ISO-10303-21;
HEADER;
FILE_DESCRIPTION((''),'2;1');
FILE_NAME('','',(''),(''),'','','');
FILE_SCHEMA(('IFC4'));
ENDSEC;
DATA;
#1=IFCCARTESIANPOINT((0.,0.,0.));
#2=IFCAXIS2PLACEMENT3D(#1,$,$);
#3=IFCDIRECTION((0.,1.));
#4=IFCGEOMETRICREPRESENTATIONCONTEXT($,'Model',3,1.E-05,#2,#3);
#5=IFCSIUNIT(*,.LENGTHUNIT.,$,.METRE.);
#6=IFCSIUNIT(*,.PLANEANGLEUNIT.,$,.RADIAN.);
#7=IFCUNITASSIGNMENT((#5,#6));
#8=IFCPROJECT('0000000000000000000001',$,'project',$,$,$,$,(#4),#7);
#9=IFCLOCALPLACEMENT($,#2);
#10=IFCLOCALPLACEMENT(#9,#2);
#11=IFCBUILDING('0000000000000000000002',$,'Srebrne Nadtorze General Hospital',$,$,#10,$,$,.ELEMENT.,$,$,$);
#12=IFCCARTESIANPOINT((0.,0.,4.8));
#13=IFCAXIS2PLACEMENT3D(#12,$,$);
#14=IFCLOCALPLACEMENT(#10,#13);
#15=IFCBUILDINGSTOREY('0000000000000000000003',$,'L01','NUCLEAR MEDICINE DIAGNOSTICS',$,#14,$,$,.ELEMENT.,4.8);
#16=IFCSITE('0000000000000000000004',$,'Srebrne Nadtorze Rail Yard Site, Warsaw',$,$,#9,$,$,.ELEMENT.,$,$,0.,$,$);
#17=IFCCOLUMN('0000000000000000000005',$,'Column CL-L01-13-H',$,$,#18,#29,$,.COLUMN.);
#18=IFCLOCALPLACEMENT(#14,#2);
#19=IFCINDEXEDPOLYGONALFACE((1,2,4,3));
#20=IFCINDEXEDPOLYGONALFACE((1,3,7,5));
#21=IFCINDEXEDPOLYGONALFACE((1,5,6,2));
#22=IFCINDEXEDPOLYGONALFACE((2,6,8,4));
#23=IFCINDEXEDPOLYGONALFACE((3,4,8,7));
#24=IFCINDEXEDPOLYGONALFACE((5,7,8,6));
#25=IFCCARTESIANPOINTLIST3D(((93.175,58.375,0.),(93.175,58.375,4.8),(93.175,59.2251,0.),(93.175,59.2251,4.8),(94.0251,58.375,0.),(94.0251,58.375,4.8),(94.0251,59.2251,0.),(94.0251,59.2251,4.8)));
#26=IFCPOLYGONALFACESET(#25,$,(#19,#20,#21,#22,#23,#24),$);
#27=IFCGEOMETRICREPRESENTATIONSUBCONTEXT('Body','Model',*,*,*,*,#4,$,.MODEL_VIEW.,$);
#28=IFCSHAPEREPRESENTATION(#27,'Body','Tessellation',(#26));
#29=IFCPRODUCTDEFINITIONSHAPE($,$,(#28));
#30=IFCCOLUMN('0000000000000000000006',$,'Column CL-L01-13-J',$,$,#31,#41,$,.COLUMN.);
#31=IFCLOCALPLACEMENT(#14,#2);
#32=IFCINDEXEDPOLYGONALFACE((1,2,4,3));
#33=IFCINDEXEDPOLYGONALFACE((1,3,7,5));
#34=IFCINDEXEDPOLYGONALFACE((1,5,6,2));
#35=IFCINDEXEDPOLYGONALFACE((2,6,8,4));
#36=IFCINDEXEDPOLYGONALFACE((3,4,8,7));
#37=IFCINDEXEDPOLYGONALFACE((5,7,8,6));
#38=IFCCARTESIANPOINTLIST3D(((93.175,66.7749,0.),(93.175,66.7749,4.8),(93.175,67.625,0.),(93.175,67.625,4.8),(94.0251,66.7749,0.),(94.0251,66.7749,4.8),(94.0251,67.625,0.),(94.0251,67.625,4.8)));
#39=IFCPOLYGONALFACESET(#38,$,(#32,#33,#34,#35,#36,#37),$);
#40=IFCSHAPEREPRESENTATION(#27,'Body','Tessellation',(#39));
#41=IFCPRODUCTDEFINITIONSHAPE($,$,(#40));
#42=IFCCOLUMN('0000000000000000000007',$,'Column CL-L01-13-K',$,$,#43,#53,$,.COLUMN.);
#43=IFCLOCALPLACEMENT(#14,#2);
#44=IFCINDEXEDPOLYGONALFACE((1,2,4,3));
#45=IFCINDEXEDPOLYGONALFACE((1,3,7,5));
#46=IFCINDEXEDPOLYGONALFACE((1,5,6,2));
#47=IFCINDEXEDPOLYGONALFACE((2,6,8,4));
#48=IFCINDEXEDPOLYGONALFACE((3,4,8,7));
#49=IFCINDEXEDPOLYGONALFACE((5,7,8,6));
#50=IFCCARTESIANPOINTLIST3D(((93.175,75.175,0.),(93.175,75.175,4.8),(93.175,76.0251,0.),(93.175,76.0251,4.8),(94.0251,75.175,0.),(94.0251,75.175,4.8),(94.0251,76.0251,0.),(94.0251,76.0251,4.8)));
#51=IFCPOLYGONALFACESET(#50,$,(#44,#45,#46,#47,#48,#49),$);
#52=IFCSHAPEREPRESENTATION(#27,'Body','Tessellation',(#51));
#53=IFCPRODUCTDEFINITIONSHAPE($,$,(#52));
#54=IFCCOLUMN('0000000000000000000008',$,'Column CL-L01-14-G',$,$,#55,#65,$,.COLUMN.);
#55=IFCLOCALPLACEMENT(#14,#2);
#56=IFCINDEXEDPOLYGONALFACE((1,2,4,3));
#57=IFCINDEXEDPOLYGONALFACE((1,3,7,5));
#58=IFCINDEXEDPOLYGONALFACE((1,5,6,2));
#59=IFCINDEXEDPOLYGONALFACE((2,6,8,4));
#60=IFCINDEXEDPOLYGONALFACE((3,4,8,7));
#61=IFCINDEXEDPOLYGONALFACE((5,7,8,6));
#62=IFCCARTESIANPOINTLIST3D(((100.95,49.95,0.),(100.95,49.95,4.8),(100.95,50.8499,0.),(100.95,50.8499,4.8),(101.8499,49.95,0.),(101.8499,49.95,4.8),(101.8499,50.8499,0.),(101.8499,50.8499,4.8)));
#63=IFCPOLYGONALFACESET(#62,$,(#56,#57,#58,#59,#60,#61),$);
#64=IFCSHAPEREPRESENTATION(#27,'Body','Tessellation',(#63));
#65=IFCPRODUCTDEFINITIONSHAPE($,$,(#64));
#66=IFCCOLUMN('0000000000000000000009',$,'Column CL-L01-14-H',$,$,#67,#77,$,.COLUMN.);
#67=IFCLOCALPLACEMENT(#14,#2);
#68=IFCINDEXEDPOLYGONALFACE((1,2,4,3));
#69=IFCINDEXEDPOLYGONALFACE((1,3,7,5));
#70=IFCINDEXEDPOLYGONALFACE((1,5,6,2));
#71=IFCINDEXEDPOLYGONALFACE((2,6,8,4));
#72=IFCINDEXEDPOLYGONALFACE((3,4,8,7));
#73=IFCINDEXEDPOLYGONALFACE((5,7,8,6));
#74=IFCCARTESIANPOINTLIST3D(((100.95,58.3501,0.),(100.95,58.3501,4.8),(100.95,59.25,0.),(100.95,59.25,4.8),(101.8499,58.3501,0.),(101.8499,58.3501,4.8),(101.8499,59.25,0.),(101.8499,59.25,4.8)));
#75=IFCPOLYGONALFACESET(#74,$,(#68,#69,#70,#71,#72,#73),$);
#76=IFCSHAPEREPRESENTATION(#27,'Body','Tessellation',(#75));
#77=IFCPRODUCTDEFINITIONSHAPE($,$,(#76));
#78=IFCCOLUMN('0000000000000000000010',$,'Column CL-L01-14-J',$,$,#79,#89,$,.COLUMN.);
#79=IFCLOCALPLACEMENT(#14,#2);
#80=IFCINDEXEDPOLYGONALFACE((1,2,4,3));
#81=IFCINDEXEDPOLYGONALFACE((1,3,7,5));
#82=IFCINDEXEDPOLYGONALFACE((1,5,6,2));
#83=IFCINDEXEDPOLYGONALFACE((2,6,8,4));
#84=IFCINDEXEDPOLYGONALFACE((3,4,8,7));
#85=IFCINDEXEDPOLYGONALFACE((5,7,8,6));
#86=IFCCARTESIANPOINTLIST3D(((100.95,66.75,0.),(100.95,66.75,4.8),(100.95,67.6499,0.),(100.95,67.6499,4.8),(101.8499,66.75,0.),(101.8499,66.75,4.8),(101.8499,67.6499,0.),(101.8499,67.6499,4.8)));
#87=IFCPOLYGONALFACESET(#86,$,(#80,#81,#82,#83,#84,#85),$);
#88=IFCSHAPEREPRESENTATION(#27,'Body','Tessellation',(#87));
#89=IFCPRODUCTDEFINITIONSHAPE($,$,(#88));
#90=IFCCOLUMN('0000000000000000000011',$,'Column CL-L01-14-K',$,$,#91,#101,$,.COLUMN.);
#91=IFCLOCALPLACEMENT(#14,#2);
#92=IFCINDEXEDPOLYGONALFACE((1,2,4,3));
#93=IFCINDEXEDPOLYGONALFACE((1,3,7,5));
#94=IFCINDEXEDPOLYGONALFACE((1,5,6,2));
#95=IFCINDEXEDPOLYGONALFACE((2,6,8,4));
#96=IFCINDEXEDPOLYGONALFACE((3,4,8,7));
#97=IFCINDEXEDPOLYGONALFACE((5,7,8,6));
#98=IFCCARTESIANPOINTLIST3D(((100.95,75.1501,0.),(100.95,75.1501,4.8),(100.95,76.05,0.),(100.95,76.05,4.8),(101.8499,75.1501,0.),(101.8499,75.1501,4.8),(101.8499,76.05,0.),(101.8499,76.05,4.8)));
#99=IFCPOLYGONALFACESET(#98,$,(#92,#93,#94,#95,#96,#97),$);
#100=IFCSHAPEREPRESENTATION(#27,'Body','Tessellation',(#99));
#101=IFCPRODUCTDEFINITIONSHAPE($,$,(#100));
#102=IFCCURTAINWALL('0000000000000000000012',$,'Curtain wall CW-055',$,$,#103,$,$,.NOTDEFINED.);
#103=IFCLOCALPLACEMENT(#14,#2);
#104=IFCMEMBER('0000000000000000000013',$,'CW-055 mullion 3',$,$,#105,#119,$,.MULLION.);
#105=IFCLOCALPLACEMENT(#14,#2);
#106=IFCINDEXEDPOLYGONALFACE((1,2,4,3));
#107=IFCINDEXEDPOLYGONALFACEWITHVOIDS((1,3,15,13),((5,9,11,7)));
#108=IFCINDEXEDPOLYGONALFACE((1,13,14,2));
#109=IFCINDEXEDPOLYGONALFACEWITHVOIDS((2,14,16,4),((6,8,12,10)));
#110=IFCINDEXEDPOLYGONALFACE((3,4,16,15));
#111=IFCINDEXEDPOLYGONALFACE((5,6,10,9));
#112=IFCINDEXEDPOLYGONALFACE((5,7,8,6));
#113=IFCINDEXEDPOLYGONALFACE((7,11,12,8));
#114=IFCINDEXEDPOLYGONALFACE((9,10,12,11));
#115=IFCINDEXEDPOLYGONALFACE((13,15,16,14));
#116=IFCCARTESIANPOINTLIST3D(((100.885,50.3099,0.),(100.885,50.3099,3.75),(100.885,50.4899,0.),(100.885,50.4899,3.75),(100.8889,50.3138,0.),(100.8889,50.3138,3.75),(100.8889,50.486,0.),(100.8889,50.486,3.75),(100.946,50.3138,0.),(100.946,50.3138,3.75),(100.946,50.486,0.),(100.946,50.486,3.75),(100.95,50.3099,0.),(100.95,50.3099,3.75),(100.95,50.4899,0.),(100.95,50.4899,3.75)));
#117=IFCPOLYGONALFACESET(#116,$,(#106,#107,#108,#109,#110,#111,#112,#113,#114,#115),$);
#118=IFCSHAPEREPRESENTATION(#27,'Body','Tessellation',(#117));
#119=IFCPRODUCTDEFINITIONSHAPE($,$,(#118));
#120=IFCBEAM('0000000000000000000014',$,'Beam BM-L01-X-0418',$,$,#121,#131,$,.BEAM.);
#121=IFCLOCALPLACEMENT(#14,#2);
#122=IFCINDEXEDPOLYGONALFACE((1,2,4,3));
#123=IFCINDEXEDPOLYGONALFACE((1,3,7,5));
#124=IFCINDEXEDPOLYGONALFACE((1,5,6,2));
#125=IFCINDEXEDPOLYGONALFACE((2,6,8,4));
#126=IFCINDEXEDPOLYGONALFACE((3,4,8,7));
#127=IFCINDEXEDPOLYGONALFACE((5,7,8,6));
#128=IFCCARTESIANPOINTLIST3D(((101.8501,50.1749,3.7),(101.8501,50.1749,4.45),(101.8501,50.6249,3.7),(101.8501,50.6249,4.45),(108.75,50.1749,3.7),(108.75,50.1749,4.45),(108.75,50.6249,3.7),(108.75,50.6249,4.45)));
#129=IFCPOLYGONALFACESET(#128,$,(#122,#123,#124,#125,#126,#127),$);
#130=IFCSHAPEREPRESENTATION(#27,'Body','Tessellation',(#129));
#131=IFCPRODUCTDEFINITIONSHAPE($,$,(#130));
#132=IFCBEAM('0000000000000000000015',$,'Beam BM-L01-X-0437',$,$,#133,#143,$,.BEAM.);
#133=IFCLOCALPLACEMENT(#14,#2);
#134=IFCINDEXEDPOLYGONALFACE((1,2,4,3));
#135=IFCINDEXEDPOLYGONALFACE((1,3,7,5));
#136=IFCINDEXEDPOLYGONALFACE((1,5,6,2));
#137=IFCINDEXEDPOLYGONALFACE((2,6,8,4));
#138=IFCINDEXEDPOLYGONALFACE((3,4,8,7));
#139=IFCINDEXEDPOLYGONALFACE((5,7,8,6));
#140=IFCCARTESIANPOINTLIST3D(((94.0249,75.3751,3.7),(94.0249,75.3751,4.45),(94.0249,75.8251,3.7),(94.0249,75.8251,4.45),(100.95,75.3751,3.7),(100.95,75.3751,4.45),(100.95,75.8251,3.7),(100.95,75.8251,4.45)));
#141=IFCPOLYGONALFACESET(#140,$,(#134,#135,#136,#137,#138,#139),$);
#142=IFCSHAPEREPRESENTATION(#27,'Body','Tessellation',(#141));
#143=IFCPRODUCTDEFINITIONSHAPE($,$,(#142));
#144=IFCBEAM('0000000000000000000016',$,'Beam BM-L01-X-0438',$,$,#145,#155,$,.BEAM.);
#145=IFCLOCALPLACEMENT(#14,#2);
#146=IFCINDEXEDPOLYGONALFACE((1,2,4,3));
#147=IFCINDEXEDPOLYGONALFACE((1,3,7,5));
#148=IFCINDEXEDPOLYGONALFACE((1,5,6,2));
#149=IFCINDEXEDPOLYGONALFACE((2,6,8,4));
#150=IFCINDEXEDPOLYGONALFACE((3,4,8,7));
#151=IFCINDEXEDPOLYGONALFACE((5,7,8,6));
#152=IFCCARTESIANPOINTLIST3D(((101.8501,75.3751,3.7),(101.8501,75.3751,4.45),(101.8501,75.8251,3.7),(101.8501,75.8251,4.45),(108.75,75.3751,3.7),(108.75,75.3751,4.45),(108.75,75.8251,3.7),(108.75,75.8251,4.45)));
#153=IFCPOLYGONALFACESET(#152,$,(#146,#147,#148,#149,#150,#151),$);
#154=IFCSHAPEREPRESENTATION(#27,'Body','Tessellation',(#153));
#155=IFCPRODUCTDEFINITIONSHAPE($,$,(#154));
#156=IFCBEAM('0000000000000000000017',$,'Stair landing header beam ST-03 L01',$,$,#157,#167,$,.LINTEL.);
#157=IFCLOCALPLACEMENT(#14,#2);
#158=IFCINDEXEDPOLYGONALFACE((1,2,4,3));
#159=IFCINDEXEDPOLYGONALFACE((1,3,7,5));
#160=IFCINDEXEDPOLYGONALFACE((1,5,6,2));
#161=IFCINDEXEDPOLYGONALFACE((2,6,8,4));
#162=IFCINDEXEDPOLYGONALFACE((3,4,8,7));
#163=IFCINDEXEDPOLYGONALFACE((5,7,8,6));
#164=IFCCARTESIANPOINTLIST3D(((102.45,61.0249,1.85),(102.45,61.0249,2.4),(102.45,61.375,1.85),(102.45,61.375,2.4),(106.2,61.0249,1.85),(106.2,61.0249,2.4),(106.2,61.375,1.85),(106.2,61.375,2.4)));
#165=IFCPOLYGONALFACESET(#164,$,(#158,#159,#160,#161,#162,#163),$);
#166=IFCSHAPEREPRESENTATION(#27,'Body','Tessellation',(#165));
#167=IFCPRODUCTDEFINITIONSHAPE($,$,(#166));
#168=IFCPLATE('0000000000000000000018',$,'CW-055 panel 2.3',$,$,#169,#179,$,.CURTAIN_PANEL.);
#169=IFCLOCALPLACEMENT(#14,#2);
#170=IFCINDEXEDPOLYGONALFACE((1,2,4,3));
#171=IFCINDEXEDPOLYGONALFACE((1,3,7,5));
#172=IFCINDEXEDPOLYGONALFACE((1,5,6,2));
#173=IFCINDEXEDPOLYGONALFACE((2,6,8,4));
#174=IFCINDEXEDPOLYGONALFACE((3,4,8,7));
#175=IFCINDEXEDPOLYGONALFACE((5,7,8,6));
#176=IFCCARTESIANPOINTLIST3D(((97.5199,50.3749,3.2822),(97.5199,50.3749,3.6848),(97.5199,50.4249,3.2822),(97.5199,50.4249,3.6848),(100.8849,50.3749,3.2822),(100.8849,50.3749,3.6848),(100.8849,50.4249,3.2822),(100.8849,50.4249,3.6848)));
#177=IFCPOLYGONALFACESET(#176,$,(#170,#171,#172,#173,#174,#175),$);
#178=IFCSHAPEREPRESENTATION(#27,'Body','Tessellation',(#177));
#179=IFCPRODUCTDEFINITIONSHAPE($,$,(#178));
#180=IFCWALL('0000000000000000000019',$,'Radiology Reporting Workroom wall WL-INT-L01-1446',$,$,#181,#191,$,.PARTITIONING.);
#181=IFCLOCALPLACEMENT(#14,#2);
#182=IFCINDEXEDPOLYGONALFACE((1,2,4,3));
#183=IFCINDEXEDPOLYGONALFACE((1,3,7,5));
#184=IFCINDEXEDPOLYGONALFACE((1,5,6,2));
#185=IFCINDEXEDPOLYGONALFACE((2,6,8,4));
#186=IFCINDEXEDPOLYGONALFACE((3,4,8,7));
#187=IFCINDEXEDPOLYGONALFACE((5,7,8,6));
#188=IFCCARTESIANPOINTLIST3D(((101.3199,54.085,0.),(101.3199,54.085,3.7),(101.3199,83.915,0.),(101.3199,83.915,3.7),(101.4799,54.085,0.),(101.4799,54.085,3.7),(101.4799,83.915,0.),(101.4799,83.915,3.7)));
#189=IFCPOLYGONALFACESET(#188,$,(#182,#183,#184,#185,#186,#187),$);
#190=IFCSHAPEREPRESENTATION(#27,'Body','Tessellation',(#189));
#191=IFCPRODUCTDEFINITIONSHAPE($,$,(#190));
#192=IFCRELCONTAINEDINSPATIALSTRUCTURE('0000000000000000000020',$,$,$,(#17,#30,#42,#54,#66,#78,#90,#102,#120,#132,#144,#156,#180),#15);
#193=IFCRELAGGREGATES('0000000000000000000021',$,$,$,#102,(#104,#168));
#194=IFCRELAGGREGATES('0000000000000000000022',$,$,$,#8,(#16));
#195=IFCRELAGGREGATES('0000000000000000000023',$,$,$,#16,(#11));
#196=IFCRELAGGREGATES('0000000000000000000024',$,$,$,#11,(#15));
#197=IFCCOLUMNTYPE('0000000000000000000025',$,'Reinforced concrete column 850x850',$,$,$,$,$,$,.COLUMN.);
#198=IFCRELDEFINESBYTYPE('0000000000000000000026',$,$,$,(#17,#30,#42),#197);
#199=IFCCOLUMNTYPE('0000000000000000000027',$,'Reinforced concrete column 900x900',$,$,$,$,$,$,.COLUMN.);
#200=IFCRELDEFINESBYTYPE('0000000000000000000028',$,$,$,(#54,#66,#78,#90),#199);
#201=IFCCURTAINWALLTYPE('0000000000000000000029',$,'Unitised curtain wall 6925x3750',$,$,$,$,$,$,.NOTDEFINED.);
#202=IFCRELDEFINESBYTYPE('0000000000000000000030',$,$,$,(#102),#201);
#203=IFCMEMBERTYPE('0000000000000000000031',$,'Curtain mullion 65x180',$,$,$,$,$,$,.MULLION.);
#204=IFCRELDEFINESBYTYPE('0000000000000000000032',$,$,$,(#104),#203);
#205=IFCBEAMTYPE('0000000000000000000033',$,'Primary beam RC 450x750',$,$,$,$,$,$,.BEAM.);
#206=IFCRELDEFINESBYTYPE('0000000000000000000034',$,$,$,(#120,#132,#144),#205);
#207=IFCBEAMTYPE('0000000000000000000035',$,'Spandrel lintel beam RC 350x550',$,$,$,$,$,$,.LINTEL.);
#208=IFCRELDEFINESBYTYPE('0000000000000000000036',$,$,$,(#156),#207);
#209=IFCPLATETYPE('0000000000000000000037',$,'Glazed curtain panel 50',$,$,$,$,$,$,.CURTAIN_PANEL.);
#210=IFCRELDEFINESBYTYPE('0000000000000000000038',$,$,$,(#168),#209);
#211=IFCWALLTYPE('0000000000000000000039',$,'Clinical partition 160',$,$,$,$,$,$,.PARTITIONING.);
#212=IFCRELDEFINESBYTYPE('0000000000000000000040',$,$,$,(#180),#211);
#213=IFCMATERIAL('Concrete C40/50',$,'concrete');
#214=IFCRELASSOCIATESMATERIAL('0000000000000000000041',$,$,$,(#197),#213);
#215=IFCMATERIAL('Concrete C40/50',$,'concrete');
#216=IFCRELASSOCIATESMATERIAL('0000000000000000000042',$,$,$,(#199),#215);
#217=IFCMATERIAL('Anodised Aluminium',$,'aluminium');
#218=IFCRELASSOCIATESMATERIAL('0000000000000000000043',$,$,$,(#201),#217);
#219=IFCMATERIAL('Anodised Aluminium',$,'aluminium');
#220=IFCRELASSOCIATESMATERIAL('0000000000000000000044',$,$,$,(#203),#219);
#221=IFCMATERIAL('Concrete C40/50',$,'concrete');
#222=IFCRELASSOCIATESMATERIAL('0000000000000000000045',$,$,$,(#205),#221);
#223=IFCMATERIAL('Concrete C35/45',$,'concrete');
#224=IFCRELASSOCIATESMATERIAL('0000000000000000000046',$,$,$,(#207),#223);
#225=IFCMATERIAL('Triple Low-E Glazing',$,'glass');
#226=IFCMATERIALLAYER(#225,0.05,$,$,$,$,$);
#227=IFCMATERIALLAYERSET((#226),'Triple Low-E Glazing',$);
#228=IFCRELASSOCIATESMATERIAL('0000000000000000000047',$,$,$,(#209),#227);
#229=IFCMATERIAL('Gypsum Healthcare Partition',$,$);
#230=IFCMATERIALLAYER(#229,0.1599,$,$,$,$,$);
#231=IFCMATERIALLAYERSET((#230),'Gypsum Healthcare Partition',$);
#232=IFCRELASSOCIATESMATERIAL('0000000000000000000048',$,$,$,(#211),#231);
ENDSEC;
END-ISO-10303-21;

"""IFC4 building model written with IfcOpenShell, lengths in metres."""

from ifc_helpers import new_model, si_unit, direction, frame, frame_2d, origin, origin_2d, place, context, subcontext, project, spatial, rectangle, hollow_rectangle, extrude, material, layer, layer_set, material_profile, profile_set, type_object, element, aggregate, save


model = new_model("IFC4")

# Units and contexts
model_context = context("Model", 3, precision=1e-05, world=origin(), true_north=direction((0.0, 1.0)))
body_context = subcontext(model_context, "Body", "Model", "MODEL_VIEW")
ifc_project = project(units=[si_unit("LENGTHUNIT", "METRE"), si_unit("PLANEANGLEUNIT", "RADIAN")], contexts=[model_context])

# Site, building, storey
site_placement = place(None, origin())
site = spatial("IfcSite", under=ifc_project, at=site_placement, Name="Srebrne Nadtorze Rail Yard Site, Warsaw", CompositionType="ELEMENT", RefElevation=0.0)
building_placement = place(site_placement, origin())
building = spatial("IfcBuilding", under=site, at=building_placement, Name="Srebrne Nadtorze General Hospital", CompositionType="ELEMENT")
storey_placement = place(building_placement, frame((0.0, 0.0, 4.8)))
storey = spatial("IfcBuildingStorey", under=building, at=storey_placement, Name="L01", Description="NUCLEAR MEDICINE DIAGNOSTICS", CompositionType="ELEMENT", Elevation=4.8)

# Columns
ifc_material_1 = material(Name="Concrete C40/50", Category="concrete")
ifc_material_profile_1 = material_profile(ifc_material_1, rectangle(XDim=0.8501, YDim=0.8501, at=origin_2d()), Name="RC-COL-850x850")
ifc_profile_set_1 = profile_set([ifc_material_profile_1], Name="Concrete C40/50")
column_type_1 = type_object("IfcColumnType", Name="Reinforced concrete column 850x850", PredefinedType="COLUMN", material=ifc_profile_set_1)
for number, where, z_axis, x_axis, name in (
    (1, (93.6001, 58.8, 0.0), (0.0, 0.0, 1.0), (1.0, 0.0, 0.0), "Column CL-L01-13-H"),
    (2, (93.6001, 67.2, 0.0), (0.0, 0.0, 1.0), (1.0, 0.0, 0.0), "Column CL-L01-13-J"),
    (3, (93.6001, 75.6001, 0.0), (0.0, 0.0, 1.0), (1.0, 0.0, 0.0), "Column CL-L01-13-K"),
):
    element("IfcColumn", number, at=place(storey_placement, frame(where, z_axis=z_axis, x_axis=x_axis)), inside=storey, type_object=column_type_1, Name=name, PredefinedType="COLUMN", context=body_context, shape_type="SweptSolid", body=[
        extrude(rectangle(XDim=0.8501, YDim=0.8501, at=origin_2d()), origin(), (0.0, 0.0, 1.0), 4.8),
    ])
ifc_material_2 = material(Name="Concrete C40/50", Category="concrete")
ifc_material_profile_2 = material_profile(ifc_material_2, rectangle(XDim=0.8999, YDim=0.8999, at=origin_2d()), Name="RC-COL-900x900")
ifc_profile_set_2 = profile_set([ifc_material_profile_2], Name="Concrete C40/50")
column_type_2 = type_object("IfcColumnType", Name="Reinforced concrete column 900x900", PredefinedType="COLUMN", material=ifc_profile_set_2)
for number, where, z_axis, x_axis, name in (
    (4, (101.3999, 50.3999, 0.0), (0.0, 0.0, 1.0), (1.0, 0.0, 0.0), "Column CL-L01-14-G"),
    (5, (101.3999, 58.8, 0.0), (0.0, 0.0, 1.0), (1.0, 0.0, 0.0), "Column CL-L01-14-H"),
    (6, (101.3999, 67.2, 0.0), (0.0, 0.0, 1.0), (1.0, 0.0, 0.0), "Column CL-L01-14-J"),
    (7, (101.3999, 75.6001, 0.0), (0.0, 0.0, 1.0), (1.0, 0.0, 0.0), "Column CL-L01-14-K"),
):
    element("IfcColumn", number, at=place(storey_placement, frame(where, z_axis=z_axis, x_axis=x_axis)), inside=storey, type_object=column_type_2, Name=name, PredefinedType="COLUMN", context=body_context, shape_type="SweptSolid", body=[
        extrude(rectangle(XDim=0.8999, YDim=0.8999, at=origin_2d()), origin(), (0.0, 0.0, 1.0), 4.8),
    ])

# Curtain wall, member
ifc_material_3 = material(Name="Anodised Aluminium", Category="aluminium")
curtain_wall_type = type_object("IfcCurtainWallType", Name="Unitised curtain wall 6925x3750", PredefinedType="NOTDEFINED", material=ifc_material_3)
curtain_wall_placement = place(storey_placement, origin())
curtain_wall = element("IfcCurtainWall", 8, at=curtain_wall_placement, inside=storey, type_object=curtain_wall_type, Name="Curtain wall CW-055", PredefinedType="NOTDEFINED")
ifc_material_4 = material(Name="Anodised Aluminium", Category="aluminium")
ifc_material_profile_3 = material_profile(ifc_material_4, hollow_rectangle(XDim=0.0649, YDim=0.1799, WallThickness=0.0039, at=origin_2d()), Name="AL-MUL-65x180")
ifc_profile_set_3 = profile_set([ifc_material_profile_3], Name="Anodised Aluminium")
member_type = type_object("IfcMemberType", Name="Curtain mullion 65x180", PredefinedType="MULLION", material=ifc_profile_set_3)
member_placement = place(storey_placement, frame((100.9175, 50.3999, 0.0), z_axis=(0.0, 0.0, 1.0), x_axis=(1.0, 0.0, 0.0)))
member = element("IfcMember", 9, at=member_placement, type_object=member_type, Name="CW-055 mullion 3", PredefinedType="MULLION", context=body_context, shape_type="SweptSolid", body=[
    extrude(hollow_rectangle(XDim=0.0649, YDim=0.1799, WallThickness=0.0039, at=origin_2d()), origin(), (0.0, 0.0, 1.0), 3.75),
])

# Beams
ifc_material_5 = material(Name="Concrete C40/50", Category="concrete")
ifc_material_profile_4 = material_profile(ifc_material_5, rectangle(XDim=0.45, YDim=0.75, at=origin_2d()), Name="RC-BM-450x750")
ifc_profile_set_4 = profile_set([ifc_material_profile_4], Name="Concrete C40/50")
beam_type_1 = type_object("IfcBeamType", Name="Primary beam RC 450x750", PredefinedType="BEAM", material=ifc_profile_set_4)
beam_1_placement = place(storey_placement, frame((101.8501, 50.3999, 4.075), z_axis=(1.0, 0.0, 0.0), x_axis=(0.0, 1.0, 0.0)))
element("IfcBeam", 10, at=beam_1_placement, inside=storey, type_object=beam_type_1, Name="Beam BM-L01-X-0418", PredefinedType="BEAM", context=body_context, shape_type="SweptSolid", body=[
    extrude(rectangle(XDim=0.45, YDim=0.75, at=origin_2d()), origin(), (0.0, 0.0, 1.0), 6.8999),
])
beam_2_placement = place(storey_placement, frame((94.0249, 75.6001, 4.075), z_axis=(1.0, 0.0, 0.0), x_axis=(0.0, 1.0, 0.0)))
element("IfcBeam", 11, at=beam_2_placement, inside=storey, type_object=beam_type_1, Name="Beam BM-L01-X-0437", PredefinedType="BEAM", context=body_context, shape_type="SweptSolid", body=[
    extrude(rectangle(XDim=0.45, YDim=0.75, at=origin_2d()), origin(), (0.0, 0.0, 1.0), 6.925),
])
beam_3_placement = place(storey_placement, frame((101.8501, 75.6001, 4.075), z_axis=(1.0, 0.0, 0.0), x_axis=(0.0, 1.0, 0.0)))
element("IfcBeam", 12, at=beam_3_placement, inside=storey, type_object=beam_type_1, Name="Beam BM-L01-X-0438", PredefinedType="BEAM", context=body_context, shape_type="SweptSolid", body=[
    extrude(rectangle(XDim=0.45, YDim=0.75, at=origin_2d()), origin(), (0.0, 0.0, 1.0), 6.8999),
])
ifc_material_6 = material(Name="Concrete C35/45", Category="concrete")
ifc_material_profile_5 = material_profile(ifc_material_6, rectangle(XDim=0.3501, YDim=0.55, at=origin_2d()), Name="RC-BM-350x550")
ifc_profile_set_5 = profile_set([ifc_material_profile_5], Name="Concrete C35/45")
beam_type_2 = type_object("IfcBeamType", Name="Spandrel lintel beam RC 350x550", PredefinedType="LINTEL", material=ifc_profile_set_5)
beam_4_placement = place(storey_placement, frame((102.45, 61.2, 2.125), z_axis=(1.0, 0.0, 0.0), x_axis=(0.0, 1.0, 0.0)))
element("IfcBeam", 13, at=beam_4_placement, inside=storey, type_object=beam_type_2, Name="Stair landing header beam ST-03 L01", PredefinedType="LINTEL", context=body_context, shape_type="SweptSolid", body=[
    extrude(rectangle(XDim=0.3501, YDim=0.55, at=origin_2d()), origin(), (0.0, 0.0, 1.0), 3.75),
])

# Plate
ifc_material_7 = material(Name="Triple Low-E Glazing", Category="glass")
ifc_layer_1 = layer(ifc_material_7, 0.05)
ifc_layer_set_1 = layer_set([ifc_layer_1], Name="Triple Low-E Glazing")
plate_type = type_object("IfcPlateType", Name="Glazed curtain panel 50", PredefinedType="CURTAIN_PANEL", material=ifc_layer_set_1)
plate_placement = place(storey_placement, frame((99.2024, 50.3999, 3.2822), z_axis=(0.0, 0.0, 1.0), x_axis=(1.0, 0.0, 0.0)))
plate = element("IfcPlate", 14, at=plate_placement, type_object=plate_type, Name="CW-055 panel 2.3", PredefinedType="CURTAIN_PANEL", context=body_context, shape_type="SweptSolid", body=[
    extrude(rectangle(XDim=3.365, YDim=0.05, at=origin_2d()), origin(), (0.0, 0.0, 1.0), 0.4026),
])
aggregate(curtain_wall, [member, plate])

# Wall
ifc_material_8 = material(Name="Gypsum Healthcare Partition")
ifc_layer_2 = layer(ifc_material_8, 0.1599)
ifc_layer_set_2 = layer_set([ifc_layer_2], Name="Gypsum Healthcare Partition")
wall_type_1 = type_object("IfcWallType", Name="Clinical partition 160", PredefinedType="PARTITIONING", material=ifc_layer_set_2)
wall_1_placement = place(storey_placement, frame((101.3999, 54.085, 0.0), z_axis=(0.0, 0.0, 1.0), x_axis=(0.0, 1.0, 0.0)))
element("IfcWall", 15, at=wall_1_placement, inside=storey, type_object=wall_type_1, Name="Radiology Reporting Workroom wall WL-INT-L01-1446", PredefinedType="PARTITIONING", context=body_context, shape_type="SweptSolid", body=[
    extrude(rectangle(XDim=29.8301, YDim=0.1599, at=frame_2d((14.915, 0.0))), origin(), (0.0, 0.0, 1.0), 3.7),
])

save(model, "model.ifc")
